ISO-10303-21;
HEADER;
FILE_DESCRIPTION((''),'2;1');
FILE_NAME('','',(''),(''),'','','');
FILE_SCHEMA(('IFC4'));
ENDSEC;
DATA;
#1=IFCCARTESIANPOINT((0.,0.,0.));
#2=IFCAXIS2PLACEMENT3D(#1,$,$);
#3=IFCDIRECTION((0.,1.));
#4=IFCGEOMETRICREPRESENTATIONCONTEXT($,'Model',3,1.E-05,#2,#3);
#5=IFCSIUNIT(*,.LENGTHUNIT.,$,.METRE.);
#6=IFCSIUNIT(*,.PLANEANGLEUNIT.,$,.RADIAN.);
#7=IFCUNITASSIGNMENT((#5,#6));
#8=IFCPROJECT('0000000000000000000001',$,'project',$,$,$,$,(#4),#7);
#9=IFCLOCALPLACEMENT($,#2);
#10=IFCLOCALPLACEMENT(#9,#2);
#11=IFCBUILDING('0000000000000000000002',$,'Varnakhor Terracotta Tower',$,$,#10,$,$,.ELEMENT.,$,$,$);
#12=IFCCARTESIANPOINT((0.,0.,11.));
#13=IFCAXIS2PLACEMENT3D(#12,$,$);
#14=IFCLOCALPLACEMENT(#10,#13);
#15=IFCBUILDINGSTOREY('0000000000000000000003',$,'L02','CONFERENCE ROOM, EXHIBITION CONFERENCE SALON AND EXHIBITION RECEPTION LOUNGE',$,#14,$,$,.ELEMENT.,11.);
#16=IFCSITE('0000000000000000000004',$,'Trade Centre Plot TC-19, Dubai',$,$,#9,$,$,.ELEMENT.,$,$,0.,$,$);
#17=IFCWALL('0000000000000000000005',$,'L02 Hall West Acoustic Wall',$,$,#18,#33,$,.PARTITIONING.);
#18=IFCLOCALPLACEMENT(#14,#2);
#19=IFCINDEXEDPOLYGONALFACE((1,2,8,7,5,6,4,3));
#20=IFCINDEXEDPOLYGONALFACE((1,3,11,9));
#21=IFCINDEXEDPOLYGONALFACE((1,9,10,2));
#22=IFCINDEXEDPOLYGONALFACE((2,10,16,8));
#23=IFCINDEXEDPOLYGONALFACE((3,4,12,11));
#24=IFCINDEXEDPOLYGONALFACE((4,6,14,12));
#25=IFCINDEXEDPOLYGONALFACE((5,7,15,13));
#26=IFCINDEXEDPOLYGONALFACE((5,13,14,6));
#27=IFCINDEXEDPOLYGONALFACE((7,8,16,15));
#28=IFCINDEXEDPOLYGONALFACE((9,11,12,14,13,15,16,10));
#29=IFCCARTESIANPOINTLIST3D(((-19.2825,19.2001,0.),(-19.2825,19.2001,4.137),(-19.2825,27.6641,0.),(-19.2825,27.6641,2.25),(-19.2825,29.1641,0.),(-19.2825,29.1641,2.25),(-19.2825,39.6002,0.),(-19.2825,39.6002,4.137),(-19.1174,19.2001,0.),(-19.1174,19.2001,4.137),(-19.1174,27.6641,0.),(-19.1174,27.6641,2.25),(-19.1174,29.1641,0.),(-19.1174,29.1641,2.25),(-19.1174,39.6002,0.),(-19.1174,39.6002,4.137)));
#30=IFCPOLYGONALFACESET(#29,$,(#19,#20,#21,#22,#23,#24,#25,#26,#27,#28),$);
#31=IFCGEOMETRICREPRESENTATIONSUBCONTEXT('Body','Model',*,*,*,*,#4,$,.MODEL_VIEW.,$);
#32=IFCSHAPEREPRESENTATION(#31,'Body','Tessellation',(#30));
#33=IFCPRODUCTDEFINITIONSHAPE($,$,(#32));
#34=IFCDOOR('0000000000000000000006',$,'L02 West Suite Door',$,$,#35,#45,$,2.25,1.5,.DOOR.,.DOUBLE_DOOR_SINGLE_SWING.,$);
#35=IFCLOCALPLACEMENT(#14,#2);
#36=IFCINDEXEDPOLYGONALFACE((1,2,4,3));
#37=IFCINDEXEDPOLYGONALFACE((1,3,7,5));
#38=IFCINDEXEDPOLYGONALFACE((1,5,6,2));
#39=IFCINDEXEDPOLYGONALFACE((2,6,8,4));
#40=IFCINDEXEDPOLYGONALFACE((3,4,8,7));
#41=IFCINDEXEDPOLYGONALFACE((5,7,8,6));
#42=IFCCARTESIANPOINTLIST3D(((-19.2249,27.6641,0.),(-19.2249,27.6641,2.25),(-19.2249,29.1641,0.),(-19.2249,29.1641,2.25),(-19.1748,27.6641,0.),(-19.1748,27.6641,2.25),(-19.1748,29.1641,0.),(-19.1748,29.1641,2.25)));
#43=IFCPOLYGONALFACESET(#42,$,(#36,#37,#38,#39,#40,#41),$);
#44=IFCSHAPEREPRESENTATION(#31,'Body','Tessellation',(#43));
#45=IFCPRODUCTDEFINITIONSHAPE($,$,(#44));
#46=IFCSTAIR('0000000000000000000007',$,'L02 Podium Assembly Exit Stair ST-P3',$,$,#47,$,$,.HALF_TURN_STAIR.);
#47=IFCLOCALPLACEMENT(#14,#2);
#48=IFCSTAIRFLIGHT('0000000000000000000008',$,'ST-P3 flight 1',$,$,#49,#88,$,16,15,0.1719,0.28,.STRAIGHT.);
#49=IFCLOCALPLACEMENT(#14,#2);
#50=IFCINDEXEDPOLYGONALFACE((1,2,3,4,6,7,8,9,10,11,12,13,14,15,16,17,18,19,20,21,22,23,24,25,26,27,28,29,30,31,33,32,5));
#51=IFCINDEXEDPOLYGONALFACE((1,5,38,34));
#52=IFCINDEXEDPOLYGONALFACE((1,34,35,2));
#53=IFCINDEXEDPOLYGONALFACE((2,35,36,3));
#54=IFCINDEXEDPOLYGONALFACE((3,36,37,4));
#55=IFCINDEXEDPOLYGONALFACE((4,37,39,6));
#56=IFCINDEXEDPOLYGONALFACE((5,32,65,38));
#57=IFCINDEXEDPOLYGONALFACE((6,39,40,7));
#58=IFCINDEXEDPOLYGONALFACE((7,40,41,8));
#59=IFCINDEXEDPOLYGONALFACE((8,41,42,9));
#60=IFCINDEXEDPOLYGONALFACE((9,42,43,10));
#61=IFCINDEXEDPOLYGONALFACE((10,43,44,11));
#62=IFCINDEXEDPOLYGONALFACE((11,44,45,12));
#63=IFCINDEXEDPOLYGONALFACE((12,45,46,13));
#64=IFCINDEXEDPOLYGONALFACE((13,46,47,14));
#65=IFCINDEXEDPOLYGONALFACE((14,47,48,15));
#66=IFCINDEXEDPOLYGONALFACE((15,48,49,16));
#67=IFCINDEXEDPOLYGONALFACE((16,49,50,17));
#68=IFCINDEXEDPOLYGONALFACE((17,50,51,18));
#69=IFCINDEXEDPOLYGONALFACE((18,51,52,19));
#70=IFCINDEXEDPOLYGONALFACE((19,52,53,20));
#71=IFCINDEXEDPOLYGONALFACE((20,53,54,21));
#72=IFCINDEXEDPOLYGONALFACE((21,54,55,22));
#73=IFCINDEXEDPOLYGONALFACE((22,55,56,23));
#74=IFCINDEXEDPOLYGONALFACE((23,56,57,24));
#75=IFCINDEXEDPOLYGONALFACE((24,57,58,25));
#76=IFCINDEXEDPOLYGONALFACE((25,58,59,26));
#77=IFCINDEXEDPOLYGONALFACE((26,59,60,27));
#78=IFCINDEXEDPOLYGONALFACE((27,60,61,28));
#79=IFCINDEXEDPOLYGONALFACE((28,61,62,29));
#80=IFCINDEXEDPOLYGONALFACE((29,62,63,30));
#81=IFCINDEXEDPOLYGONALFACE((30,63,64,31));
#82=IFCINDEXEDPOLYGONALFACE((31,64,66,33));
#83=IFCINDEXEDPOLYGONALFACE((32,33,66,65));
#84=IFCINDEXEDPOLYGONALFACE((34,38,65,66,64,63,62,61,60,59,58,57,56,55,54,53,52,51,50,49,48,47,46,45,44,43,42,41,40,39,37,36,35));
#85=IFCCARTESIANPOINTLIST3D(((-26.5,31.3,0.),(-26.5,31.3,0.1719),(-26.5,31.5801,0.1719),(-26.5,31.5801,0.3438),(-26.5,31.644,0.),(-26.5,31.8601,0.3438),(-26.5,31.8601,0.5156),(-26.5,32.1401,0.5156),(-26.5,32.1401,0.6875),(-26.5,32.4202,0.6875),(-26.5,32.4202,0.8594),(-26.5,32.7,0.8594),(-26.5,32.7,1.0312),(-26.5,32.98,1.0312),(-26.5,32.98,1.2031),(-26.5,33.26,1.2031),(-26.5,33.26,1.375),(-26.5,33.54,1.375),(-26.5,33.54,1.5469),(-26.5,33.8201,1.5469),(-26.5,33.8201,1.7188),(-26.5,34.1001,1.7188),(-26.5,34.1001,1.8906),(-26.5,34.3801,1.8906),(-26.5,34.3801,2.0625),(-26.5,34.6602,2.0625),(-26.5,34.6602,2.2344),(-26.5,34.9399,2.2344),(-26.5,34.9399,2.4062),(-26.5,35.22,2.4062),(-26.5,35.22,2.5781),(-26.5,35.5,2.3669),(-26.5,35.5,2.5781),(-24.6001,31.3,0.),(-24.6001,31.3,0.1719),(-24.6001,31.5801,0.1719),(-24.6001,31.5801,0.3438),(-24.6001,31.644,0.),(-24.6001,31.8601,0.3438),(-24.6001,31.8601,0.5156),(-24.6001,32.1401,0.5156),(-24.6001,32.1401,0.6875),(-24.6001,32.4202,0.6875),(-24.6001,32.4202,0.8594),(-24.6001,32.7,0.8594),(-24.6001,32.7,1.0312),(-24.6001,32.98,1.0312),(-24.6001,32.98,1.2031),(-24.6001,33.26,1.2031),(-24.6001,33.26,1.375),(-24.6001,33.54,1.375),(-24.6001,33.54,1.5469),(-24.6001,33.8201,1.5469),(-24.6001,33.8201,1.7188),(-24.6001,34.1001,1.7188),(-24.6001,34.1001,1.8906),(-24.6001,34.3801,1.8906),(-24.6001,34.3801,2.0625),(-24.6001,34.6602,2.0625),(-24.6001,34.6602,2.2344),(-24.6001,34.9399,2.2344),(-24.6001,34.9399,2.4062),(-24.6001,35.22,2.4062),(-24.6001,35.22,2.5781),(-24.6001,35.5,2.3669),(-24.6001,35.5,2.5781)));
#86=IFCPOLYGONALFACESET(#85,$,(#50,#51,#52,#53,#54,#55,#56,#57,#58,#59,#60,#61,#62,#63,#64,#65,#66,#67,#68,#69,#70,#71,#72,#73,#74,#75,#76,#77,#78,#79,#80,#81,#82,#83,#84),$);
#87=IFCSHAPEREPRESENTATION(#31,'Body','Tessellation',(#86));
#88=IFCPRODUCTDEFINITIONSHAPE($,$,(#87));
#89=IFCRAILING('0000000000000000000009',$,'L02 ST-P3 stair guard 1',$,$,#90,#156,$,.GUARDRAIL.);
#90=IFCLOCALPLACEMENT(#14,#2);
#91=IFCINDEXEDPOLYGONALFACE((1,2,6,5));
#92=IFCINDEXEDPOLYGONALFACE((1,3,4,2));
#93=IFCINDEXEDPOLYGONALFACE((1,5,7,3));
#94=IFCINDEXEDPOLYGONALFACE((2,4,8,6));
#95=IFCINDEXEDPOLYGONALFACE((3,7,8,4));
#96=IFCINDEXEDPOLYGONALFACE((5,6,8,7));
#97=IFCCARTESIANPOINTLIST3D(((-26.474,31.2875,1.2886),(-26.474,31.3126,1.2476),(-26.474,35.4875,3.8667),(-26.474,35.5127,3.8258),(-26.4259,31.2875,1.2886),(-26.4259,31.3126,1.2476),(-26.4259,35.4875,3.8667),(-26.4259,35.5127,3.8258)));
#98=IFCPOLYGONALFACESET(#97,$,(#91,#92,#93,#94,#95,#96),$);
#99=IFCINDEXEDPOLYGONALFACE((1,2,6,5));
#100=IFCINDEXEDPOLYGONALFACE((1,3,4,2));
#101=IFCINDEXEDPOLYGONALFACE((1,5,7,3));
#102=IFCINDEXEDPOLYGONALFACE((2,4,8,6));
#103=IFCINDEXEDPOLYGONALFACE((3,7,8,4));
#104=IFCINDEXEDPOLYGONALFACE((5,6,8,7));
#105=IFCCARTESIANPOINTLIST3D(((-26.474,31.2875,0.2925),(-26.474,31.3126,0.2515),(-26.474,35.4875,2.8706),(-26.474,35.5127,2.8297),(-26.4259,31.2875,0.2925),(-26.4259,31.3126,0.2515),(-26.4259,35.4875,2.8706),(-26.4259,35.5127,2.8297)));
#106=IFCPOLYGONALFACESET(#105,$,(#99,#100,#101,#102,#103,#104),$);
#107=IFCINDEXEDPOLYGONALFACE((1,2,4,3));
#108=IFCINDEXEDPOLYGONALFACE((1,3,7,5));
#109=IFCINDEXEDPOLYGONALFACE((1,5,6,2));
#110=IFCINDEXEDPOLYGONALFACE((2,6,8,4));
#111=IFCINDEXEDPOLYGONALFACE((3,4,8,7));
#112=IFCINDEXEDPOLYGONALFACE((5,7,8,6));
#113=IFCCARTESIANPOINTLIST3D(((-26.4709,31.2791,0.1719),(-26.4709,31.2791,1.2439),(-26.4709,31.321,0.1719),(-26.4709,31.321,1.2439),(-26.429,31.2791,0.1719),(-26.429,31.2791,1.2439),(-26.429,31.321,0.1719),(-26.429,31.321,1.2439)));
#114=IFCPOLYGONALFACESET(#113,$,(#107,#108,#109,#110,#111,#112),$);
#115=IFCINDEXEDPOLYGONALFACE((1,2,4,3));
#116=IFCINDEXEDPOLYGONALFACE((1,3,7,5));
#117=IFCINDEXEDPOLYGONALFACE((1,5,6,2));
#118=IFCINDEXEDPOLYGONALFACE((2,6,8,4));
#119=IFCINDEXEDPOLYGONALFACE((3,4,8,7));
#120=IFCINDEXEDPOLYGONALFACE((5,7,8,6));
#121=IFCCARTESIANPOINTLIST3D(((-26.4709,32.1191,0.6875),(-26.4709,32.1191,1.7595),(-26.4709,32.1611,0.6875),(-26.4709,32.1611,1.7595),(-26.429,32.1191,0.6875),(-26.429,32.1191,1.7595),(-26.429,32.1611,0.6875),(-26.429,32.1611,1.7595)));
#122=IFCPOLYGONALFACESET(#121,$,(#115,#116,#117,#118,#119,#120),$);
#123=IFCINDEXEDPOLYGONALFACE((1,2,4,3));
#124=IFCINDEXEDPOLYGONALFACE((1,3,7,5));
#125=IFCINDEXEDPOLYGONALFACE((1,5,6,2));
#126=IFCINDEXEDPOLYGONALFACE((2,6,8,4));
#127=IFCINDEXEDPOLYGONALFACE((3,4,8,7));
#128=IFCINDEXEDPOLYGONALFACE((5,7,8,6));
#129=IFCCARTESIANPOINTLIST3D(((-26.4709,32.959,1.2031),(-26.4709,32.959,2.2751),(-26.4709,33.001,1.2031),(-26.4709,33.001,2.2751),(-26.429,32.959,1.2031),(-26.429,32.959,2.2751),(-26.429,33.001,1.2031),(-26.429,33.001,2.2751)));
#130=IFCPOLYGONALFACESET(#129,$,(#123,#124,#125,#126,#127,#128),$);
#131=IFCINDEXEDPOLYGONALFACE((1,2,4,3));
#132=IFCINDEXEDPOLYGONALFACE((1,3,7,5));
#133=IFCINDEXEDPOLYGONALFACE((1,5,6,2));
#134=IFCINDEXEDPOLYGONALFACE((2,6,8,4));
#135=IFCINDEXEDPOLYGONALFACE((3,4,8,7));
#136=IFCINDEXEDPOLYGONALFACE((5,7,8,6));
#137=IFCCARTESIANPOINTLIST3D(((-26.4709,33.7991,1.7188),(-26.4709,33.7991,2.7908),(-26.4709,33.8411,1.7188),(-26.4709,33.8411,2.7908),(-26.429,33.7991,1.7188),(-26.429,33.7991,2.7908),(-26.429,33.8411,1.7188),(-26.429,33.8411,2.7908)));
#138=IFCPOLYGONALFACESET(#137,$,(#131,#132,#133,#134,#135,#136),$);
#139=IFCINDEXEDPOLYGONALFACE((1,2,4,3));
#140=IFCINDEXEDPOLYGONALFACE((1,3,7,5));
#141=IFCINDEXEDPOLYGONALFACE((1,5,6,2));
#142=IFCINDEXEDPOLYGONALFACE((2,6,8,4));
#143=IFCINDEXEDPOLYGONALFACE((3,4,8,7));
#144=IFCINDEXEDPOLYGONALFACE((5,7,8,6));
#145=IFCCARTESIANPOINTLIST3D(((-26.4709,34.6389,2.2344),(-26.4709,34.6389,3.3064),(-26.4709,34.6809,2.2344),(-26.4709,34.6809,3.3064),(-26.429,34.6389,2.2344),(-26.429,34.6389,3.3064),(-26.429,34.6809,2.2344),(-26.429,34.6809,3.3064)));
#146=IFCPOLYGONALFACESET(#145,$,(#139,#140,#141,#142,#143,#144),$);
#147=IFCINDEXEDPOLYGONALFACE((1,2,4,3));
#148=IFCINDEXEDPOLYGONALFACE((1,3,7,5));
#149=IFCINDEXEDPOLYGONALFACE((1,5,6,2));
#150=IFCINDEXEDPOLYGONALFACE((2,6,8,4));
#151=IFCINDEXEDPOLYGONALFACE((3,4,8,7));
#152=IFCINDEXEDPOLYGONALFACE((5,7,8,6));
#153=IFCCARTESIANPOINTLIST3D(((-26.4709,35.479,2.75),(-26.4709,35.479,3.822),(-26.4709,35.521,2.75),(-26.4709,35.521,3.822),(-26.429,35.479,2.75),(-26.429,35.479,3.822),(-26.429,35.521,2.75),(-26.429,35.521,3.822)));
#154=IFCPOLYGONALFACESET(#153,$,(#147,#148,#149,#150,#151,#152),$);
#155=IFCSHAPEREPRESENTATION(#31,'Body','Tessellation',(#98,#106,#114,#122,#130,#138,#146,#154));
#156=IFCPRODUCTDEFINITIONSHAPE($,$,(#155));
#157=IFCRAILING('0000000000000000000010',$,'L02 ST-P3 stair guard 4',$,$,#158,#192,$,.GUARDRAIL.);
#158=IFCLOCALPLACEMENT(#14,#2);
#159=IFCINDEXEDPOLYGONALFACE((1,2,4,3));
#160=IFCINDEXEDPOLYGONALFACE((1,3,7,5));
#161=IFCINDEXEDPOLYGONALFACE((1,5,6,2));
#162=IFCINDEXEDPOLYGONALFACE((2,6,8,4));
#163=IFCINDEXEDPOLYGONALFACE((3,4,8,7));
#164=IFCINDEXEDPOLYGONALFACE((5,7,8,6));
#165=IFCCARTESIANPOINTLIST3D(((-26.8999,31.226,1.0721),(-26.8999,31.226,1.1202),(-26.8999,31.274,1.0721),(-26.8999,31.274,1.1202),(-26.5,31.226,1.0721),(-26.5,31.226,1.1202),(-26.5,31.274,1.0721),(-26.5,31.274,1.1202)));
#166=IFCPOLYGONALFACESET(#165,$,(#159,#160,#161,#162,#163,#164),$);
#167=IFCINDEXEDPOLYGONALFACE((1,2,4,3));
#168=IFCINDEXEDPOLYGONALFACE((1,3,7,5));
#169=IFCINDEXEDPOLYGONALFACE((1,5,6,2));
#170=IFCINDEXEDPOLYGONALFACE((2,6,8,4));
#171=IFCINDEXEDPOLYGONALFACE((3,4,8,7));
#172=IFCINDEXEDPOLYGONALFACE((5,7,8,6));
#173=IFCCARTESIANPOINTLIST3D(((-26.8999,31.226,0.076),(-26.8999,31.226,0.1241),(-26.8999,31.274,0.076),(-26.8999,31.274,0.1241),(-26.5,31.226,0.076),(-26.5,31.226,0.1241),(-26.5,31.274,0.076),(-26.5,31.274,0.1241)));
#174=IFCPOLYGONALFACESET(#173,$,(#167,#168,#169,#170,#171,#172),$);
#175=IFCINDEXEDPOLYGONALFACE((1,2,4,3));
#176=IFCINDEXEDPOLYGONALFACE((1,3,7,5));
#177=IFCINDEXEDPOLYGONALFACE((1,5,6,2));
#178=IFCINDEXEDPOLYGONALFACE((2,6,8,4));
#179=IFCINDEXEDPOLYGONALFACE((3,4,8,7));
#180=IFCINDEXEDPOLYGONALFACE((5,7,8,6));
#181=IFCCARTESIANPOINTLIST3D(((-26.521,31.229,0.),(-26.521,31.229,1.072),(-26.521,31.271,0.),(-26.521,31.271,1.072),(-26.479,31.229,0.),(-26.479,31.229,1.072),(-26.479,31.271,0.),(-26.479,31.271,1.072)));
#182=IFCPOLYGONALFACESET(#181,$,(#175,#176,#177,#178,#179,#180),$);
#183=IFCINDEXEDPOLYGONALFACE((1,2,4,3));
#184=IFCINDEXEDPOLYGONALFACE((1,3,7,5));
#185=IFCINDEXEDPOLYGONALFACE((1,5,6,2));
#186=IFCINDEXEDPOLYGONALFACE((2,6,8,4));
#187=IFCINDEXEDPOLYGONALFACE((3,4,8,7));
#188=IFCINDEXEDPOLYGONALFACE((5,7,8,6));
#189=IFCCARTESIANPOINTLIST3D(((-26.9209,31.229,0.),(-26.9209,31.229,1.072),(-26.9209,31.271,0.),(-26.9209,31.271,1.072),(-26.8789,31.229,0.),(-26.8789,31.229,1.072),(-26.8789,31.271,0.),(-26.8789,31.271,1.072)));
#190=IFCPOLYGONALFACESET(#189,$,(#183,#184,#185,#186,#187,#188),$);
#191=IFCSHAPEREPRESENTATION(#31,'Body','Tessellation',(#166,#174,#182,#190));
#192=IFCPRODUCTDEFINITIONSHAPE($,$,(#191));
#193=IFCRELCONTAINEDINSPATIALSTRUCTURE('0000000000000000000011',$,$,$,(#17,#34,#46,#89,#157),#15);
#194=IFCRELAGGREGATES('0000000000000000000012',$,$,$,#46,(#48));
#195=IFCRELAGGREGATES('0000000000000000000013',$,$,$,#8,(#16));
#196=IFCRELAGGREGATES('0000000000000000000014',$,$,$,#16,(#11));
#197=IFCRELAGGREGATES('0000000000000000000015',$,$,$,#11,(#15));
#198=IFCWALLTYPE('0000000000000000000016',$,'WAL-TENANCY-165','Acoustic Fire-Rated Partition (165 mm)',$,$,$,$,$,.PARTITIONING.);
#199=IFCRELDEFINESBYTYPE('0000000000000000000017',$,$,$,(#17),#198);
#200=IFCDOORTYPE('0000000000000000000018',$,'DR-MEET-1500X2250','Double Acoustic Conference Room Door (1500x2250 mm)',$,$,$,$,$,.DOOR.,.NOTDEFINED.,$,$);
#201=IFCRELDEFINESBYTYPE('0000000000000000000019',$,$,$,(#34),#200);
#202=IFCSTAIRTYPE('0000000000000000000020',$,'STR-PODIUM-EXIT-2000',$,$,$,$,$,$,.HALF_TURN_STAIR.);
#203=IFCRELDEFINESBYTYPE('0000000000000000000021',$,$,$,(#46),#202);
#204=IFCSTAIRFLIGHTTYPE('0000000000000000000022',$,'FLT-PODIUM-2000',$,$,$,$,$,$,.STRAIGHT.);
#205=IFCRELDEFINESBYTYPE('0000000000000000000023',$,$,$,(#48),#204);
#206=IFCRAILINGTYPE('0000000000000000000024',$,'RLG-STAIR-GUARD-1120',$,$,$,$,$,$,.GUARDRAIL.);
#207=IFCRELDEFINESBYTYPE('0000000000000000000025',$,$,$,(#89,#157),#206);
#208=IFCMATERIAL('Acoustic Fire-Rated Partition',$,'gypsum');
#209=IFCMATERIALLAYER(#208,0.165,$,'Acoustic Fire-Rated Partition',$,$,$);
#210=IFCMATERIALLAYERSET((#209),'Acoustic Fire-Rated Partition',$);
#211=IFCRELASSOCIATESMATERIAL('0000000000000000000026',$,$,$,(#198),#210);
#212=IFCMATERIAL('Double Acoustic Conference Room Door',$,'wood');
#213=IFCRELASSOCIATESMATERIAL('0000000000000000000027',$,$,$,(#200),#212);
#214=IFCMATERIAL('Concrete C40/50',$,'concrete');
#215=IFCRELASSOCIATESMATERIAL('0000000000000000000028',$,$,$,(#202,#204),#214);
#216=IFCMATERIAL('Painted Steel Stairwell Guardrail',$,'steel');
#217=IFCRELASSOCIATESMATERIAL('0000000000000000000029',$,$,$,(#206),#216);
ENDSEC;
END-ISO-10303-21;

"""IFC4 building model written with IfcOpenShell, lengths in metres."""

from ifc_helpers import new_model, si_unit, direction, frame, frame_2d, origin, origin_2d, place, context, subcontext, project, spatial, polyline, rectangle, outline, extrude, source, transform, mapped, material, layer, layer_set, type_object, type_shapes, element, fill, aggregate, save


model = new_model("IFC4")

# Units and contexts
model_context = context("Model", 3, precision=1e-05, world=origin(), true_north=direction((0.0, 1.0)))
body_context = subcontext(model_context, "Body", "Model", "MODEL_VIEW")
ifc_project = project(units=[si_unit("LENGTHUNIT", "METRE"), si_unit("PLANEANGLEUNIT", "RADIAN")], contexts=[model_context])

# Site, building, storey
site_placement = place(None, origin())
site = spatial("IfcSite", under=ifc_project, at=site_placement, Name="Trade Centre Plot TC-19, Dubai", CompositionType="ELEMENT", RefElevation=0.0)
building_placement = place(site_placement, origin())
building = spatial("IfcBuilding", under=site, at=building_placement, Name="Varnakhor Terracotta Tower", CompositionType="ELEMENT")
storey_placement = place(building_placement, frame((0.0, 0.0, 11.0)))
storey = spatial("IfcBuildingStorey", under=building, at=storey_placement, Name="L02", Description="CONFERENCE ROOM, EXHIBITION CONFERENCE SALON AND EXHIBITION RECEPTION LOUNGE", CompositionType="ELEMENT", Elevation=11.0)

# Shared definitions
ifc_material_1 = material(Name="Concrete C40/50", Category="concrete")

# Wall, opening, door
ifc_material_2 = material(Name="Acoustic Fire-Rated Partition", Category="gypsum")
ifc_layer_1 = layer(ifc_material_2, 0.165, Name="Acoustic Fire-Rated Partition")
ifc_layer_set_1 = layer_set([ifc_layer_1], Name="Acoustic Fire-Rated Partition")
wall_type_1 = type_object("IfcWallType", Name="WAL-TENANCY-165", Description="Acoustic Fire-Rated Partition (165 mm)", PredefinedType="PARTITIONING", material=ifc_layer_set_1)
wall_1_placement = place(storey_placement, frame((-19.2, 19.2, 0.0), z_axis=(0.0, 0.0, 1.0), x_axis=(0.0, 1.0, 0.0)))
wall_1 = element("IfcWall", 1, at=wall_1_placement, inside=storey, type_object=wall_type_1, Name="L02 Hall West Acoustic Wall", PredefinedType="PARTITIONING", context=body_context, shape_type="SweptSolid", body=[
    extrude(rectangle(XDim=20.4001, YDim=0.165, at=frame_2d((10.2002, 0.0))), origin(), (0.0, 0.0, 1.0), 4.137),
])
opening_1_placement = place(wall_1_placement, frame((8.4641, 0.0, 0.0)))
opening_1 = element("IfcOpeningElement", 2, at=opening_1_placement, cuts=wall_1, PredefinedType="OPENING", context=body_context, shape_type="SweptSolid", body=[
    extrude(rectangle(XDim=1.5, YDim=2.25, at=frame_2d((0.75, 1.125))), frame((0.0, 0.0925, 0.0), z_axis=(0.0, -1.0, 0.0), x_axis=(1.0, 0.0, 0.0)), (0.0, 0.0, 1.0), 0.1851),
])
ifc_material_3 = material(Name="Double Acoustic Conference Room Door", Category="wood")
door_type_1 = type_object("IfcDoorType", Name="DR-MEET-1500X2250", Description="Double Acoustic Conference Room Door (1500x2250 mm)", OperationType="NOTDEFINED", PredefinedType="DOOR", material=ifc_material_3)
shared_shape_1 = source(origin(), body_context, "Body", "SweptSolid", [
    extrude(rectangle(XDim=1.5, YDim=2.25, at=frame_2d((0.75, 1.125))), frame((0.0, 0.0249, 0.0), z_axis=(0.0, -1.0, 0.0), x_axis=(1.0, 0.0, 0.0)), (0.0, 0.0, 1.0), 0.05),
])
type_shapes(door_type_1, [shared_shape_1])
door_1_placement = place(opening_1_placement, origin())
door_1 = element("IfcDoor", 3, at=door_1_placement, inside=storey, type_object=door_type_1, Name="L02 West Suite Door", OperationType="DOUBLE_DOOR_SINGLE_SWING", OverallHeight=2.25, OverallWidth=1.5, PredefinedType="DOOR", context=body_context, shape_type="MappedRepresentation", body=[
    mapped(shared_shape_1, transform((0.0, 0.0, 0.0), scale=1.0)),
])
fill(opening_1, door_1)

# Stair, stair flight
stair_type = type_object("IfcStairType", Name="STR-PODIUM-EXIT-2000", PredefinedType="HALF_TURN_STAIR", material=ifc_material_1)
stair_placement = place(storey_placement, origin())
stair = element("IfcStair", 4, at=stair_placement, inside=storey, type_object=stair_type, Name="L02 Podium Assembly Exit Stair ST-P3", PredefinedType="HALF_TURN_STAIR")
stair_flight_type = type_object("IfcStairFlightType", Name="FLT-PODIUM-2000", PredefinedType="STRAIGHT", material=ifc_material_1)
stair_flight_placement = place(storey_placement, frame((-25.55, 31.3, 0.0), z_axis=(0.0, 0.0, 1.0), x_axis=(0.0, 1.0, 0.0)))
stair_flight = element("IfcStairFlight", 5, at=stair_flight_placement, type_object=stair_flight_type, Name="ST-P3 flight 1", NumberOfRisers=16, NumberOfTreads=15, PredefinedType="STRAIGHT", RiserHeight=0.1719, TreadLength=0.28, context=body_context, shape_type="SweptSolid", body=[
    extrude(outline(polyline([(0.0, 0.0), (0.0, 0.1719), (0.28, 0.1719), (0.28, 0.3438), (0.5601, 0.3438), (0.5601, 0.5156), (0.8401, 0.5156), (0.8401, 0.6875), (1.1201, 0.6875), (1.1201, 0.8594), (1.3999, 0.8594), (1.3999, 1.0312), (1.6799, 1.0312), (1.6799, 1.2031), (1.96, 1.2031), (1.96, 1.375), (2.24, 1.375), (2.24, 1.5469), (2.52, 1.5469), (2.52, 1.7188), (2.8, 1.7188), (2.8, 1.8906), (3.0801, 1.8906), (3.0801, 2.0625), (3.3601, 2.0625), (3.3601, 2.2344), (3.6399, 2.2344), (3.6399, 2.4062), (3.9199, 2.4062), (3.9199, 2.5781), (4.2, 2.5781), (4.2, 2.75), (4.2, 2.3669), (0.344, 0.0), (0.0, 0.0)])), frame((0.0, 0.95, 0.0), z_axis=(0.0, -1.0, 0.0), x_axis=(1.0, 0.0, 0.0)), (0.0, 0.0, 1.0), 1.8999),
])
aggregate(stair, [stair_flight])

# Railings
ifc_material_4 = material(Name="Painted Steel Stairwell Guardrail", Category="steel")
railing_type = type_object("IfcRailingType", Name="RLG-STAIR-GUARD-1120", PredefinedType="GUARDRAIL", material=ifc_material_4)
railing_1_placement = place(storey_placement, frame((-26.45, 31.3, 0.1719)))
element("IfcRailing", 6, at=railing_1_placement, inside=storey, type_object=railing_type, Name="L02 ST-P3 stair guard 1", PredefinedType="GUARDRAIL", context=body_context, shape_type="SweptSolid", body=[
    extrude(rectangle(XDim=0.0481, YDim=0.0481, at=origin_2d()), frame((0.0, 0.0, 1.0962), z_axis=(0.0, 0.852243, 0.523146), x_axis=(-1.0, 0.0, 0.0)), (0.0, 0.0, 1.0), 4.9282),
    extrude(rectangle(XDim=0.0481, YDim=0.0481, at=origin_2d()), frame((0.0, 0.0, 0.1001), z_axis=(0.0, 0.852243, 0.523146), x_axis=(-1.0, 0.0, 0.0)), (0.0, 0.0, 1.0), 4.9282),
    extrude(rectangle(XDim=0.042, YDim=0.042, at=origin_2d()), origin(), (0.0, 0.0, 1.0), 1.072),
    extrude(rectangle(XDim=0.042, YDim=0.042, at=origin_2d()), frame((0.0, 0.8401, 0.5156)), (0.0, 0.0, 1.0), 1.072),
    extrude(rectangle(XDim=0.042, YDim=0.042, at=origin_2d()), frame((0.0, 1.6799, 1.0312)), (0.0, 0.0, 1.0), 1.072),
    extrude(rectangle(XDim=0.042, YDim=0.042, at=origin_2d()), frame((0.0, 2.52, 1.5469)), (0.0, 0.0, 1.0), 1.072),
    extrude(rectangle(XDim=0.042, YDim=0.042, at=origin_2d()), frame((0.0, 3.3599, 2.0625)), (0.0, 0.0, 1.0), 1.072),
    extrude(rectangle(XDim=0.042, YDim=0.042, at=origin_2d()), frame((0.0, 4.2, 2.5781)), (0.0, 0.0, 1.0), 1.072),
])
railing_2_placement = place(storey_placement, frame((-26.5, 31.25, 0.0)))
element("IfcRailing", 7, at=railing_2_placement, inside=storey, type_object=railing_type, Name="L02 ST-P3 stair guard 4", PredefinedType="GUARDRAIL", context=body_context, shape_type="SweptSolid", body=[
    extrude(rectangle(XDim=0.0481, YDim=0.0481, at=origin_2d()), frame((0.0, 0.0, 1.0962), z_axis=(-1.0, 0.0, 0.0), x_axis=(0.0, -1.0, 0.0)), (0.0, 0.0, 1.0), 0.3999),
    extrude(rectangle(XDim=0.0481, YDim=0.0481, at=origin_2d()), frame((0.0, 0.0, 0.1001), z_axis=(-1.0, 0.0, 0.0), x_axis=(0.0, -1.0, 0.0)), (0.0, 0.0, 1.0), 0.3999),
    extrude(rectangle(XDim=0.042, YDim=0.042, at=origin_2d()), origin(), (0.0, 0.0, 1.0), 1.072),
    extrude(rectangle(XDim=0.042, YDim=0.042, at=origin_2d()), frame((-0.3999, 0.0, 0.0)), (0.0, 0.0, 1.0), 1.072),
])

save(model, "model.ifc")
